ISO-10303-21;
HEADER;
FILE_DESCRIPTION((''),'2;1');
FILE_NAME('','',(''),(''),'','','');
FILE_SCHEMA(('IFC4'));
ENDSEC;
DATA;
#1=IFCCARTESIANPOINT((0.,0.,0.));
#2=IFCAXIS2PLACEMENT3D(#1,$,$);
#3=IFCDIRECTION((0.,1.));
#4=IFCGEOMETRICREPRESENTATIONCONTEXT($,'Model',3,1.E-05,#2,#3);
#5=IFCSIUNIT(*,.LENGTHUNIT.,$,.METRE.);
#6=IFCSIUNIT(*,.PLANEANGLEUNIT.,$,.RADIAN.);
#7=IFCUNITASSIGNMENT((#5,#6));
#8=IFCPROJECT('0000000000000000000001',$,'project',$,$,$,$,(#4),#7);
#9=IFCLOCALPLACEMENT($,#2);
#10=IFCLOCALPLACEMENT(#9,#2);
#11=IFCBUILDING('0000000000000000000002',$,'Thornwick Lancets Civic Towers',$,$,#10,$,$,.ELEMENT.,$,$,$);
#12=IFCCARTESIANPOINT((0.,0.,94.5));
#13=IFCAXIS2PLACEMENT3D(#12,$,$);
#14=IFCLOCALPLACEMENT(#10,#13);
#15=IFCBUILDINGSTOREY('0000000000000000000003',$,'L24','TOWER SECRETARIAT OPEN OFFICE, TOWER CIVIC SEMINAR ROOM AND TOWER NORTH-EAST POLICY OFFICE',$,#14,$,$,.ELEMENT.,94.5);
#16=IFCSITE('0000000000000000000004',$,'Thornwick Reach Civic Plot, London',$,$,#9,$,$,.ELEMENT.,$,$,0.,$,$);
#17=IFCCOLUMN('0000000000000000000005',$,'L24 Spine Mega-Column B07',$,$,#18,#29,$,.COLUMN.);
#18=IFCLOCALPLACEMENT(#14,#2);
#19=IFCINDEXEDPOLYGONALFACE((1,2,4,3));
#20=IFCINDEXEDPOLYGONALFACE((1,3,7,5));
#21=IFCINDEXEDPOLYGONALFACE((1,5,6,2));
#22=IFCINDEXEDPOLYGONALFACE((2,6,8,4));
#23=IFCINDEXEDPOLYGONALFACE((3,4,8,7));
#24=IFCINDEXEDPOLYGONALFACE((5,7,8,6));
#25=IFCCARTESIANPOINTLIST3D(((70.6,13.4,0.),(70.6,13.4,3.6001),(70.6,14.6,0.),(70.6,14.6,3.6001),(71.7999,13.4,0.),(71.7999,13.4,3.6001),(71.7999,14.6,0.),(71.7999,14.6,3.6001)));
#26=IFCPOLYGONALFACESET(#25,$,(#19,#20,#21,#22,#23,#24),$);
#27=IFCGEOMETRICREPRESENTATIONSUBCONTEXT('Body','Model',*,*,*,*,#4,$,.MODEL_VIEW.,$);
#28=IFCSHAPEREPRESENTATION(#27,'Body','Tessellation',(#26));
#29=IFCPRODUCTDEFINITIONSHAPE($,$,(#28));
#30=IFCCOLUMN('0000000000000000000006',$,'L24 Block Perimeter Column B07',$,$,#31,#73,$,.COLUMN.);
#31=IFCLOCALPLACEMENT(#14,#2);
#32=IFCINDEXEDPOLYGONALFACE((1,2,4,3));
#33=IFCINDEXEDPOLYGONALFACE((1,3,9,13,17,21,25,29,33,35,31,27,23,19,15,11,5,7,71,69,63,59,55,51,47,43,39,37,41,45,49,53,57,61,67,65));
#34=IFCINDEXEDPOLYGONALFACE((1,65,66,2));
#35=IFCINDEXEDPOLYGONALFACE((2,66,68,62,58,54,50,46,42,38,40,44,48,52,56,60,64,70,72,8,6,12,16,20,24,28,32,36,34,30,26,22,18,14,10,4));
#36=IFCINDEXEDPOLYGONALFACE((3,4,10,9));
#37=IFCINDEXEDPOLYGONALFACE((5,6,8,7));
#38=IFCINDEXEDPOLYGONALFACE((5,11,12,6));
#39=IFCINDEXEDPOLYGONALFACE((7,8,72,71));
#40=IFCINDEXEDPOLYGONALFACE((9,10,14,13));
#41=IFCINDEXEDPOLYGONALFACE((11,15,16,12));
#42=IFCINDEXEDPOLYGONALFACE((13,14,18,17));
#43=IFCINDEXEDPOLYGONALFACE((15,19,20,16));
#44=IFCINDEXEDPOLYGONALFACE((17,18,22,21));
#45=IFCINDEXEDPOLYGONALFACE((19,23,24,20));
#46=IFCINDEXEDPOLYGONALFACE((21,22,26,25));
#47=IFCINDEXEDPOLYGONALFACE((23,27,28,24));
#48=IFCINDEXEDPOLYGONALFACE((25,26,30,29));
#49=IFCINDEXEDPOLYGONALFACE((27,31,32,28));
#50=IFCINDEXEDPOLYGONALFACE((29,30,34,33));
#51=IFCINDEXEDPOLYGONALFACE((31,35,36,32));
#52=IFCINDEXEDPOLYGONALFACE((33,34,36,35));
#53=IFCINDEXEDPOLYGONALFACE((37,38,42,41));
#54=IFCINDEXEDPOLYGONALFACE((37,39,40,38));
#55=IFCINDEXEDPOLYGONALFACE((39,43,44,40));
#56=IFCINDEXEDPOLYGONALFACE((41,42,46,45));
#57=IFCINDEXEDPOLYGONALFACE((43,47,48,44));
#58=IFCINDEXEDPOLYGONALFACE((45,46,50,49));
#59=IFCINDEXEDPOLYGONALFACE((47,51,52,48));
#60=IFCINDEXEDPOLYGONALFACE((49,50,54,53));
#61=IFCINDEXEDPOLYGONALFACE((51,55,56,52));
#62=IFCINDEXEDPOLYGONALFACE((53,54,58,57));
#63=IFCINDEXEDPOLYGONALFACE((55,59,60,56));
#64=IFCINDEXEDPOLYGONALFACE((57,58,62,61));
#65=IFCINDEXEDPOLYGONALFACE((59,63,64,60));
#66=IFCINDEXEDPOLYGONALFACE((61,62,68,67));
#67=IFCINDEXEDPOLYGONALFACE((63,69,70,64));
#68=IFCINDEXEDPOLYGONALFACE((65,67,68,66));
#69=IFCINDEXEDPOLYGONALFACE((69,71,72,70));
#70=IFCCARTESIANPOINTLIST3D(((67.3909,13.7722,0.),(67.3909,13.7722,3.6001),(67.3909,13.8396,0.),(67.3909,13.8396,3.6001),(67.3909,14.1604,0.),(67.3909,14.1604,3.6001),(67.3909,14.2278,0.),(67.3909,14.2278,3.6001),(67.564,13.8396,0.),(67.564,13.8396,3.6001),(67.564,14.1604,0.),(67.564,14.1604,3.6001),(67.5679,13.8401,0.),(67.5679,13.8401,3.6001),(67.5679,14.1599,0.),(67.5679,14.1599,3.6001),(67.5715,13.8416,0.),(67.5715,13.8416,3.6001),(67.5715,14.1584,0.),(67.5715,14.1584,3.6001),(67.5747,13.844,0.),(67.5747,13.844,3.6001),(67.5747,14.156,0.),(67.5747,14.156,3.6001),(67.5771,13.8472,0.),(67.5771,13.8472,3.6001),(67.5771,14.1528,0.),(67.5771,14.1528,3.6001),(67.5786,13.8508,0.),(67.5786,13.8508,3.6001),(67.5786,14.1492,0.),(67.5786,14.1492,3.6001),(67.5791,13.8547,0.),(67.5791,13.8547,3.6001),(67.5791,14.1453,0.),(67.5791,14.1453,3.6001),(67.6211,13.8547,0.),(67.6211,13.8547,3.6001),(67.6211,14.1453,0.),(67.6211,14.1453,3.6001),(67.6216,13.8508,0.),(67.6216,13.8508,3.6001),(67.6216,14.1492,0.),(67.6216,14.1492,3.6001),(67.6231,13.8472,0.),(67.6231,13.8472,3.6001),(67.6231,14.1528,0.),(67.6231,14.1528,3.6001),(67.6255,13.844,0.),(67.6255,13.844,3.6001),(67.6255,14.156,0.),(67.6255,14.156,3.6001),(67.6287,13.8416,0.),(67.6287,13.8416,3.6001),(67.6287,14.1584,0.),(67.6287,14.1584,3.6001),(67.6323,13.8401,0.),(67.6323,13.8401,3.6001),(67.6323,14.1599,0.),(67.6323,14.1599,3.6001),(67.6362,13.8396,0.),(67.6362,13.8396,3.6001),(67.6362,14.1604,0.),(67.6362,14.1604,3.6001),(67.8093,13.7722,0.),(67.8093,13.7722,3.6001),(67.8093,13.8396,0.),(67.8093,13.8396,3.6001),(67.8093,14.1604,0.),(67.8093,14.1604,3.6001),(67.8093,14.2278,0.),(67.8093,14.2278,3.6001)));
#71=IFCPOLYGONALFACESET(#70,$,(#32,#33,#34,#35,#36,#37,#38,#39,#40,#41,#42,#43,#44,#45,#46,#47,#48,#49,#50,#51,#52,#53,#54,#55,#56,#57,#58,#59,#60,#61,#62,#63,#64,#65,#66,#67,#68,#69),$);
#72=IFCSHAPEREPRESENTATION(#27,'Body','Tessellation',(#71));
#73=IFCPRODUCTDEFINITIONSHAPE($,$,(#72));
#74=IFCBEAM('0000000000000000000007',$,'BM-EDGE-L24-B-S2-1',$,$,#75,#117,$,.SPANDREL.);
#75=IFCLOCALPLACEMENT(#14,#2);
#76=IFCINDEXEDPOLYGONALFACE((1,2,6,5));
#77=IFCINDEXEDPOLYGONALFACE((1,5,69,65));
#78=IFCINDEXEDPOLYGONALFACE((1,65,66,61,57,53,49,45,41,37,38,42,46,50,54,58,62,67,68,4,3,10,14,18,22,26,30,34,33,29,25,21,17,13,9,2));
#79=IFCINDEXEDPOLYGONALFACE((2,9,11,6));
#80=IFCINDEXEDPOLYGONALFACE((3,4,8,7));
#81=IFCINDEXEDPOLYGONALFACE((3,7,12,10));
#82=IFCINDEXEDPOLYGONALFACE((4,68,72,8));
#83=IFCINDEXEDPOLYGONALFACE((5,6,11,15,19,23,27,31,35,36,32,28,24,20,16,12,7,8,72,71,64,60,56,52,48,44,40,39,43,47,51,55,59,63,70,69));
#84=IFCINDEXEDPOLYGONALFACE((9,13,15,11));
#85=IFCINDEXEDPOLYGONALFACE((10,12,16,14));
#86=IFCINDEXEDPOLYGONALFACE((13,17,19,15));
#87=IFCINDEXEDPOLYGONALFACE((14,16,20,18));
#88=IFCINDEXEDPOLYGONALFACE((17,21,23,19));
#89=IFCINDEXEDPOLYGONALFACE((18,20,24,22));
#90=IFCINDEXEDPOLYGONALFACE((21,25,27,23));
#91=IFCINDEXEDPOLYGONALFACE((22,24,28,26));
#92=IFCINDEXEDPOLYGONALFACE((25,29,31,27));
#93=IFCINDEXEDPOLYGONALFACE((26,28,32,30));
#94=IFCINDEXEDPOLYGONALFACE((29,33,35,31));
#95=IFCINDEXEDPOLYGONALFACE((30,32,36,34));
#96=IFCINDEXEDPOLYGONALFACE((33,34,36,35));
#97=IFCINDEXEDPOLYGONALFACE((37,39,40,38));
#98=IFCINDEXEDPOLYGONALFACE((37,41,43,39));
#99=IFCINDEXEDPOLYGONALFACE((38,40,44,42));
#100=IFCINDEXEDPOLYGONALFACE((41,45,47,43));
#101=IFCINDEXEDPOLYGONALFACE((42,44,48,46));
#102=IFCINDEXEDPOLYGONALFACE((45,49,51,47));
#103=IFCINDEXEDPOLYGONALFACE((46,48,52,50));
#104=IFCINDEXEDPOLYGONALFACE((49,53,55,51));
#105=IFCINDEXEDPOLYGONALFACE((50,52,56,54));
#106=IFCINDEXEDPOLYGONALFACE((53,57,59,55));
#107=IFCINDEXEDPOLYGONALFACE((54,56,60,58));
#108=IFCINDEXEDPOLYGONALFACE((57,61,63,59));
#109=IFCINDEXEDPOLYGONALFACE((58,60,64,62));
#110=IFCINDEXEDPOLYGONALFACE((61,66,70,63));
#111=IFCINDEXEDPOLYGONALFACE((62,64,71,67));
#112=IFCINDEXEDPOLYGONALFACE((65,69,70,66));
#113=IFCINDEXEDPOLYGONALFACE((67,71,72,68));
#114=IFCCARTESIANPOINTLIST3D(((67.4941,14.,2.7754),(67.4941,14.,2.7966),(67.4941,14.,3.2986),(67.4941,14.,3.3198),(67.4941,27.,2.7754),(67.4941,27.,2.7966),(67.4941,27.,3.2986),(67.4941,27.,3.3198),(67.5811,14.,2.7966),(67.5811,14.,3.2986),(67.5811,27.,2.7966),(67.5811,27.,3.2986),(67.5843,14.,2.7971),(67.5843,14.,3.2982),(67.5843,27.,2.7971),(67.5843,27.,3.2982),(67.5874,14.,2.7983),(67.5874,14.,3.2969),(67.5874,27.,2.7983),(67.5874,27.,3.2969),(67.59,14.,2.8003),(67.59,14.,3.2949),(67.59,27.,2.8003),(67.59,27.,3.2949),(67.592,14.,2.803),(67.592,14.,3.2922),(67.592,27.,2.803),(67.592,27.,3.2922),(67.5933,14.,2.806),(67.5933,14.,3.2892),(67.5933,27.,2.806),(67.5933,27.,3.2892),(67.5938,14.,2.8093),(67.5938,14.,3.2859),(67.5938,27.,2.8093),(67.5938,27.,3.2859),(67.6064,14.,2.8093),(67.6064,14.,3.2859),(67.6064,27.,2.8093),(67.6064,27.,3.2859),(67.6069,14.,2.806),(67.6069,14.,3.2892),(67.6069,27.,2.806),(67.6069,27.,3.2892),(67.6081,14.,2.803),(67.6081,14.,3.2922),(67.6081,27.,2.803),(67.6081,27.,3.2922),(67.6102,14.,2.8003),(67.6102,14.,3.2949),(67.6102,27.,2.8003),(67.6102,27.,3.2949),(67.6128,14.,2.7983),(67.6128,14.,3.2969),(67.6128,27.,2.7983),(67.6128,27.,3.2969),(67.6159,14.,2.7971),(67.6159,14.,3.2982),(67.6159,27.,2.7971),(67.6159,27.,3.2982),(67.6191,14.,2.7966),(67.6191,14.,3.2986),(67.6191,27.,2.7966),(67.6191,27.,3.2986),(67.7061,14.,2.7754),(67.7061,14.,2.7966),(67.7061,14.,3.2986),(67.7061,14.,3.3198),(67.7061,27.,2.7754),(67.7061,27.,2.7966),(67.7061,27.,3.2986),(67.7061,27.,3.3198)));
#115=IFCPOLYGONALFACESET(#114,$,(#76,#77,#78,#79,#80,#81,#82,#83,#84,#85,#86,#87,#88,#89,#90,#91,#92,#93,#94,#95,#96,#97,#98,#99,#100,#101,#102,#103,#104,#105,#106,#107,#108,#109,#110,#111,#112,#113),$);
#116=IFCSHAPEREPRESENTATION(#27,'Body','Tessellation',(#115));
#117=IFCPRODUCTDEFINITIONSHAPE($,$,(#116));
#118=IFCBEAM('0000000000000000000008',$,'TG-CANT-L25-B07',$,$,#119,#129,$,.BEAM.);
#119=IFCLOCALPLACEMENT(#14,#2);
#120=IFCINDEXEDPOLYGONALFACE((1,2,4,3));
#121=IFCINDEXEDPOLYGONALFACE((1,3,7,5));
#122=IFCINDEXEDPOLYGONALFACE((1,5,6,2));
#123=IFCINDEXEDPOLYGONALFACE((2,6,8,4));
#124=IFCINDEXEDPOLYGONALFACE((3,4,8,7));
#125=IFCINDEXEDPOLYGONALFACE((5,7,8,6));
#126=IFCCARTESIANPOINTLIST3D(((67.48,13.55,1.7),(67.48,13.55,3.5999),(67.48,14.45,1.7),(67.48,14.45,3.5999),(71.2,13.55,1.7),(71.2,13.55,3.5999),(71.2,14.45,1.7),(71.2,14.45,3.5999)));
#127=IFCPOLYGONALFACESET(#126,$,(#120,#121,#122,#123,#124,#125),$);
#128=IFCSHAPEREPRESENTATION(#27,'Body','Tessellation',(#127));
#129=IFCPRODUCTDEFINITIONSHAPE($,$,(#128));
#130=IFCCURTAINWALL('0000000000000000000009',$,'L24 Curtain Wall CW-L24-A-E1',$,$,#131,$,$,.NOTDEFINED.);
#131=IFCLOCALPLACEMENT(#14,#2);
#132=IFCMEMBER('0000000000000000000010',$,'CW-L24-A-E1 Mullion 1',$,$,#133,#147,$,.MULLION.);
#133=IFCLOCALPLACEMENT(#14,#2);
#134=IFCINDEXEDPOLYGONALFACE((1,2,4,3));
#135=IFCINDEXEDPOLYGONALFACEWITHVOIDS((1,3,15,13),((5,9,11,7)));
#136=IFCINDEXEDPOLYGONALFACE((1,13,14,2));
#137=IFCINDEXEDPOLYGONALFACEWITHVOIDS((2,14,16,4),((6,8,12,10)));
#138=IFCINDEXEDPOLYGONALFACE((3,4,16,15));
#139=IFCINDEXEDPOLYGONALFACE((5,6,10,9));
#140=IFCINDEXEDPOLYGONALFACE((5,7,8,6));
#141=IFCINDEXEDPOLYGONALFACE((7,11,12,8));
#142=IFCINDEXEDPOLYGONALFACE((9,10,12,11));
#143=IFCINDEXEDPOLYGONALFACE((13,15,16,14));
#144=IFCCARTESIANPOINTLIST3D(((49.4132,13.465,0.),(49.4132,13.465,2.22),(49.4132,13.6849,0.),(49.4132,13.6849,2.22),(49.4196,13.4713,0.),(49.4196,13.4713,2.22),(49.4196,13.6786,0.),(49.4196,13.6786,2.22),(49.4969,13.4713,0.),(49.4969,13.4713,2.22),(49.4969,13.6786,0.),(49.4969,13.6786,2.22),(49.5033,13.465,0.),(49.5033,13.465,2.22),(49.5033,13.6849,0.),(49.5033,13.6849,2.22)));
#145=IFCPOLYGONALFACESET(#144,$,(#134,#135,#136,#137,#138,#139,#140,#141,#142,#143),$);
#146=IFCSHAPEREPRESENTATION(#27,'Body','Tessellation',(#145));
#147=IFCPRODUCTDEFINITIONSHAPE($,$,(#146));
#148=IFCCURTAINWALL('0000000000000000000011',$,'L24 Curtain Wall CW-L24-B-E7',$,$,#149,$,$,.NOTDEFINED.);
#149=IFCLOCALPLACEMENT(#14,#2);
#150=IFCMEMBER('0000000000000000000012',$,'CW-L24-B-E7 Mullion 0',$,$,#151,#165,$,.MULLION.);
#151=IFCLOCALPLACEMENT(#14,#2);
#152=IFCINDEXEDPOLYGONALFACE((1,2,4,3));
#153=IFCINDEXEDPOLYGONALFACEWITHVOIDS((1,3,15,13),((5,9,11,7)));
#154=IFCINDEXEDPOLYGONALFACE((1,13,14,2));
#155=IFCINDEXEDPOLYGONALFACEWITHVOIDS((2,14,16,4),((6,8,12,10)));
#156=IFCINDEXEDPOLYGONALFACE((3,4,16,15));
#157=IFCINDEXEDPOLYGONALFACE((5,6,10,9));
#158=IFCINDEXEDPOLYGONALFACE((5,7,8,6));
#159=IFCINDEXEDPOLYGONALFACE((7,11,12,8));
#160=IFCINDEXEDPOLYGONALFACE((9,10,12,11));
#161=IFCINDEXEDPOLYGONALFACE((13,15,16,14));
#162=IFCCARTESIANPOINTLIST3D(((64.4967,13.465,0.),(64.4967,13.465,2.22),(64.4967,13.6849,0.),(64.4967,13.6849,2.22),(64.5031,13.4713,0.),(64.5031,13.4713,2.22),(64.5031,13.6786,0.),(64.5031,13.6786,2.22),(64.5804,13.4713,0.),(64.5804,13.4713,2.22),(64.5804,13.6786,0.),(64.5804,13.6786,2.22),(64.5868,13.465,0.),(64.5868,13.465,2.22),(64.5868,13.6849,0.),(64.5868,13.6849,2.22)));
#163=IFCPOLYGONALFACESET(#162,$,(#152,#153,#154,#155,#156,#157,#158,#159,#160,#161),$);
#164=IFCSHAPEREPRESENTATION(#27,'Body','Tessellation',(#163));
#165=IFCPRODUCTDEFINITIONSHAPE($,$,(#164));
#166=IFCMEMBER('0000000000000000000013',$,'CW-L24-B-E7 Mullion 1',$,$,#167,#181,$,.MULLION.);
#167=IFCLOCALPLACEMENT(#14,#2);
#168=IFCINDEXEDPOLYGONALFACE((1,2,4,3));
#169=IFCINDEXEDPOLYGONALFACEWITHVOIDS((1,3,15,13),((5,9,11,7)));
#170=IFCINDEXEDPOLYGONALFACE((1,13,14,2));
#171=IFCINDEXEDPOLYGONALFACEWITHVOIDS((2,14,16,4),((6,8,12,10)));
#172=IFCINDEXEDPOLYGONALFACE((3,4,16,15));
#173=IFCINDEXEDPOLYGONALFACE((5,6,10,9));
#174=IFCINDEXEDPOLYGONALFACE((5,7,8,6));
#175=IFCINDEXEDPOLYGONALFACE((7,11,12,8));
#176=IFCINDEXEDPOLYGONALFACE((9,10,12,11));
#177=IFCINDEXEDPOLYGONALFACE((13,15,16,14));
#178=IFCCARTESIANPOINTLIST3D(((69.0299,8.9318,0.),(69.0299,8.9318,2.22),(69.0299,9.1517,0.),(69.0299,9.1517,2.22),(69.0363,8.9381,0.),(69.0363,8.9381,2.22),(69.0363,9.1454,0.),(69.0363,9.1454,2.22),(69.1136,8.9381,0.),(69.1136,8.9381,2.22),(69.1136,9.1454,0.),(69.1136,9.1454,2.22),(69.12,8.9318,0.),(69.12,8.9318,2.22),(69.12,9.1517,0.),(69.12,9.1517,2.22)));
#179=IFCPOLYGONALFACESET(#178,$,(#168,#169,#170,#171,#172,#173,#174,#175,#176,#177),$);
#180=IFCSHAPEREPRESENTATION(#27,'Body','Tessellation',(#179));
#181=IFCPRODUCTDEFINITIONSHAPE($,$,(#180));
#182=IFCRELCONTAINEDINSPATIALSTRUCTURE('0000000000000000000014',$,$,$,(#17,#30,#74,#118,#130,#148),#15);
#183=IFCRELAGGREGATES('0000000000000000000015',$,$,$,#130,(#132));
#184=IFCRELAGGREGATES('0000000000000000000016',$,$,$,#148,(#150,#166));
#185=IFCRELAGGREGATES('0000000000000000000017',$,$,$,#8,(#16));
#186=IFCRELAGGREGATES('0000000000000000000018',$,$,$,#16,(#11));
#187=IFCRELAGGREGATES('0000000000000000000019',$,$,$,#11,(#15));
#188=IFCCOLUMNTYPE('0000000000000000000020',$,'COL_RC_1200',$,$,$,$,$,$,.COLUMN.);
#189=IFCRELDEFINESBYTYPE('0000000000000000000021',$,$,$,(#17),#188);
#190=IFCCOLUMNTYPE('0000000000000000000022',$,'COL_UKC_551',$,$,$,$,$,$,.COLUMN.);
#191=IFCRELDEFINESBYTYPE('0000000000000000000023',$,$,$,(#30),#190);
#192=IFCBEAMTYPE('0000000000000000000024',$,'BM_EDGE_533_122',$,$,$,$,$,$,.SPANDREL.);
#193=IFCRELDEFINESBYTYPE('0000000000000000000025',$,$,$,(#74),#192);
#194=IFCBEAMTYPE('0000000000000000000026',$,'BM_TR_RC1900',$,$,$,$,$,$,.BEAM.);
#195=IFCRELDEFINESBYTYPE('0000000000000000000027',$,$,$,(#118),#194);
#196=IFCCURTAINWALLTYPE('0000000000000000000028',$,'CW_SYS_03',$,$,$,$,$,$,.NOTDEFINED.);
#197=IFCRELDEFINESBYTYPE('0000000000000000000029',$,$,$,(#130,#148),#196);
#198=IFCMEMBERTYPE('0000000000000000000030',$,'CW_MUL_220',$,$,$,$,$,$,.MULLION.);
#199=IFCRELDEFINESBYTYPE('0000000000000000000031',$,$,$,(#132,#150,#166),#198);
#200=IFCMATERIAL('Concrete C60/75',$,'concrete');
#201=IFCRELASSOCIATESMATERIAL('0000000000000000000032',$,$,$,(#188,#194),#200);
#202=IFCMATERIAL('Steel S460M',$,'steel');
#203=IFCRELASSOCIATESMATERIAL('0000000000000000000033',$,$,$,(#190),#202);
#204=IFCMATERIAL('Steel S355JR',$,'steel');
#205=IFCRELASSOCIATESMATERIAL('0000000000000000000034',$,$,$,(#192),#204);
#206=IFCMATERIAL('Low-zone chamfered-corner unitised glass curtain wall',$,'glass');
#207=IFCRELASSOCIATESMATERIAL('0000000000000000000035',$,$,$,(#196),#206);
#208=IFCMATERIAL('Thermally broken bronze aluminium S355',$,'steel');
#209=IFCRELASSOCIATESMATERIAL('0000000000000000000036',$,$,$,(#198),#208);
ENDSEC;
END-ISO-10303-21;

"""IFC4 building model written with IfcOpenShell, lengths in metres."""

from ifc_helpers import new_model, si_unit, direction, frame, origin, origin_2d, place, context, subcontext, project, spatial, rectangle, hollow_rectangle, i_section, extrude, material, material_profile, profile_set, type_object, element, aggregate, save


model = new_model("IFC4")

# Units and contexts
model_context = context("Model", 3, precision=1e-05, world=origin(), true_north=direction((0.0, 1.0)))
body_context = subcontext(model_context, "Body", "Model", "MODEL_VIEW")
ifc_project = project(units=[si_unit("LENGTHUNIT", "METRE"), si_unit("PLANEANGLEUNIT", "RADIAN")], contexts=[model_context])

# Site, building, storey
site_placement = place(None, origin())
site = spatial("IfcSite", under=ifc_project, at=site_placement, Name="Thornwick Reach Civic Plot, London", CompositionType="ELEMENT", RefElevation=0.0)
building_placement = place(site_placement, origin())
building = spatial("IfcBuilding", under=site, at=building_placement, Name="Thornwick Lancets Civic Towers", CompositionType="ELEMENT")
storey_placement = place(building_placement, frame((0.0, 0.0, 94.5)))
storey = spatial("IfcBuildingStorey", under=building, at=storey_placement, Name="L24", Description="TOWER SECRETARIAT OPEN OFFICE, TOWER CIVIC SEMINAR ROOM AND TOWER NORTH-EAST POLICY OFFICE", CompositionType="ELEMENT", Elevation=94.5)

# Columns
ifc_material_1 = material(Name="Concrete C60/75", Category="concrete")
ifc_material_profile_1 = material_profile(ifc_material_1, rectangle(XDim=1.2, YDim=1.2, at=origin_2d()), Name="RC 1200x1200")
ifc_profile_set_1 = profile_set([ifc_material_profile_1], Name="Concrete C60/75")
column_type_1 = type_object("IfcColumnType", Name="COL_RC_1200", PredefinedType="COLUMN", material=ifc_profile_set_1)
column_1_placement = place(storey_placement, frame((71.2, 14.0, 0.0), z_axis=(0.0, 0.0, 1.0), x_axis=(1.0, 0.0, 0.0)))
element("IfcColumn", 1, at=column_1_placement, inside=storey, type_object=column_type_1, Name="L24 Spine Mega-Column B07", PredefinedType="COLUMN", context=body_context, shape_type="SweptSolid", body=[
    extrude(rectangle(XDim=1.2, YDim=1.2, at=origin_2d()), origin(), (0.0, 0.0, 1.0), 3.6001),
])
ifc_material_2 = material(Name="Steel S460M", Category="steel")
ifc_material_profile_2 = material_profile(ifc_material_2, i_section(OverallWidth=0.4185, OverallDepth=0.4556, WebThickness=0.042, FlangeThickness=0.0674, FilletRadius=0.0151, at=origin_2d()), Name="UKC 356x406x551")
ifc_profile_set_2 = profile_set([ifc_material_profile_2], Name="Steel S460M")
column_type_2 = type_object("IfcColumnType", Name="COL_UKC_551", PredefinedType="COLUMN", material=ifc_profile_set_2)
column_2_placement = place(storey_placement, frame((67.6001, 14.0, 0.0), z_axis=(0.0, 0.0, 1.0), x_axis=(1.0, 0.0, 0.0)))
element("IfcColumn", 2, at=column_2_placement, inside=storey, type_object=column_type_2, Name="L24 Block Perimeter Column B07", PredefinedType="COLUMN", context=body_context, shape_type="SweptSolid", body=[
    extrude(i_section(OverallWidth=0.4185, OverallDepth=0.4556, WebThickness=0.042, FlangeThickness=0.0674, FilletRadius=0.0151, at=origin_2d()), origin(), (0.0, 0.0, 1.0), 3.6001),
])

# Beams
ifc_material_3 = material(Name="Steel S355JR", Category="steel")
ifc_material_profile_3 = material_profile(ifc_material_3, i_section(OverallWidth=0.2119, OverallDepth=0.5444, WebThickness=0.0127, FlangeThickness=0.0212, FilletRadius=0.0127, at=origin_2d()), Name="UKB 533x210x122")
ifc_profile_set_3 = profile_set([ifc_material_profile_3], Name="Steel S355JR")
beam_type_1 = type_object("IfcBeamType", Name="BM_EDGE_533_122", PredefinedType="SPANDREL", material=ifc_profile_set_3)
beam_1_placement = place(storey_placement, frame((67.6001, 14.0, 3.0476), z_axis=(0.0, 1.0, 0.0), x_axis=(-1.0, 0.0, 0.0)))
element("IfcBeam", 3, at=beam_1_placement, inside=storey, type_object=beam_type_1, Name="BM-EDGE-L24-B-S2-1", PredefinedType="SPANDREL", context=body_context, shape_type="SweptSolid", body=[
    extrude(i_section(OverallWidth=0.2119, OverallDepth=0.5444, WebThickness=0.0127, FlangeThickness=0.0212, FilletRadius=0.0127, at=origin_2d()), origin(), (0.0, 0.0, 1.0), 13.0),
])
ifc_material_profile_4 = material_profile(ifc_material_1, rectangle(XDim=0.8999, YDim=1.8999, at=origin_2d()), Name="RC 900x1900")
ifc_profile_set_4 = profile_set([ifc_material_profile_4], Name="Concrete C60/75")
beam_type_2 = type_object("IfcBeamType", Name="BM_TR_RC1900", PredefinedType="BEAM", material=ifc_profile_set_4)
beam_2_placement = place(storey_placement, frame((71.2, 14.0, 2.6499), z_axis=(-1.0, 0.0, 0.0), x_axis=(0.0, -1.0, 0.0)))
element("IfcBeam", 4, at=beam_2_placement, inside=storey, type_object=beam_type_2, Name="TG-CANT-L25-B07", PredefinedType="BEAM", context=body_context, shape_type="SweptSolid", body=[
    extrude(rectangle(XDim=0.8999, YDim=1.8999, at=origin_2d()), origin(), (0.0, 0.0, 1.0), 3.72),
])

# Curtain wall, member
ifc_material_4 = material(Name="Low-zone chamfered-corner unitised glass curtain wall", Category="glass")
curtain_wall_type = type_object("IfcCurtainWallType", Name="CW_SYS_03", PredefinedType="NOTDEFINED", material=ifc_material_4)
curtain_wall_1_placement = place(storey_placement, origin())
curtain_wall_1 = element("IfcCurtainWall", 5, at=curtain_wall_1_placement, inside=storey, type_object=curtain_wall_type, Name="L24 Curtain Wall CW-L24-A-E1", PredefinedType="NOTDEFINED")
ifc_material_5 = material(Name="Thermally broken bronze aluminium S355", Category="steel")
ifc_material_profile_5 = material_profile(ifc_material_5, hollow_rectangle(XDim=0.0901, YDim=0.22, WallThickness=0.0063, at=origin_2d()), Name="RHS 220x90x6.3")
ifc_profile_set_5 = profile_set([ifc_material_profile_5], Name="Thermally broken bronze aluminium S355")
member_type_1 = type_object("IfcMemberType", Name="CW_MUL_220", PredefinedType="MULLION", material=ifc_profile_set_5)
member_1_placement = place(storey_placement, frame((49.4583, 13.575, 0.0), z_axis=(0.0, 0.0, 1.0), x_axis=(1.0, 0.0, 0.0)))
member_1 = element("IfcMember", 6, at=member_1_placement, type_object=member_type_1, Name="CW-L24-A-E1 Mullion 1", PredefinedType="MULLION", context=body_context, shape_type="SweptSolid", body=[
    extrude(hollow_rectangle(XDim=0.0901, YDim=0.22, WallThickness=0.0063, at=origin_2d()), origin(), (0.0, 0.0, 1.0), 2.22),
])
aggregate(curtain_wall_1, [member_1])

# Curtain wall, members
curtain_wall_2_placement = place(storey_placement, origin())
curtain_wall_2 = element("IfcCurtainWall", 7, at=curtain_wall_2_placement, inside=storey, type_object=curtain_wall_type, Name="L24 Curtain Wall CW-L24-B-E7", PredefinedType="NOTDEFINED")
member_2_placement = place(storey_placement, frame((64.5417, 13.575, 0.0), z_axis=(0.0, 0.0, 1.0), x_axis=(1.0, 0.0, 0.0)))
member_2 = element("IfcMember", 8, at=member_2_placement, type_object=member_type_1, Name="CW-L24-B-E7 Mullion 0", PredefinedType="MULLION", context=body_context, shape_type="SweptSolid", body=[
    extrude(hollow_rectangle(XDim=0.0901, YDim=0.22, WallThickness=0.0063, at=origin_2d()), origin(), (0.0, 0.0, 1.0), 2.22),
])
member_3_placement = place(storey_placement, frame((69.075, 9.0417, 0.0), z_axis=(0.0, 0.0, 1.0), x_axis=(1.0, 0.0, 0.0)))
member_3 = element("IfcMember", 9, at=member_3_placement, type_object=member_type_1, Name="CW-L24-B-E7 Mullion 1", PredefinedType="MULLION", context=body_context, shape_type="SweptSolid", body=[
    extrude(hollow_rectangle(XDim=0.0901, YDim=0.22, WallThickness=0.0063, at=origin_2d()), origin(), (0.0, 0.0, 1.0), 2.22),
])
aggregate(curtain_wall_2, [member_2, member_3])

save(model, "model.ifc")
